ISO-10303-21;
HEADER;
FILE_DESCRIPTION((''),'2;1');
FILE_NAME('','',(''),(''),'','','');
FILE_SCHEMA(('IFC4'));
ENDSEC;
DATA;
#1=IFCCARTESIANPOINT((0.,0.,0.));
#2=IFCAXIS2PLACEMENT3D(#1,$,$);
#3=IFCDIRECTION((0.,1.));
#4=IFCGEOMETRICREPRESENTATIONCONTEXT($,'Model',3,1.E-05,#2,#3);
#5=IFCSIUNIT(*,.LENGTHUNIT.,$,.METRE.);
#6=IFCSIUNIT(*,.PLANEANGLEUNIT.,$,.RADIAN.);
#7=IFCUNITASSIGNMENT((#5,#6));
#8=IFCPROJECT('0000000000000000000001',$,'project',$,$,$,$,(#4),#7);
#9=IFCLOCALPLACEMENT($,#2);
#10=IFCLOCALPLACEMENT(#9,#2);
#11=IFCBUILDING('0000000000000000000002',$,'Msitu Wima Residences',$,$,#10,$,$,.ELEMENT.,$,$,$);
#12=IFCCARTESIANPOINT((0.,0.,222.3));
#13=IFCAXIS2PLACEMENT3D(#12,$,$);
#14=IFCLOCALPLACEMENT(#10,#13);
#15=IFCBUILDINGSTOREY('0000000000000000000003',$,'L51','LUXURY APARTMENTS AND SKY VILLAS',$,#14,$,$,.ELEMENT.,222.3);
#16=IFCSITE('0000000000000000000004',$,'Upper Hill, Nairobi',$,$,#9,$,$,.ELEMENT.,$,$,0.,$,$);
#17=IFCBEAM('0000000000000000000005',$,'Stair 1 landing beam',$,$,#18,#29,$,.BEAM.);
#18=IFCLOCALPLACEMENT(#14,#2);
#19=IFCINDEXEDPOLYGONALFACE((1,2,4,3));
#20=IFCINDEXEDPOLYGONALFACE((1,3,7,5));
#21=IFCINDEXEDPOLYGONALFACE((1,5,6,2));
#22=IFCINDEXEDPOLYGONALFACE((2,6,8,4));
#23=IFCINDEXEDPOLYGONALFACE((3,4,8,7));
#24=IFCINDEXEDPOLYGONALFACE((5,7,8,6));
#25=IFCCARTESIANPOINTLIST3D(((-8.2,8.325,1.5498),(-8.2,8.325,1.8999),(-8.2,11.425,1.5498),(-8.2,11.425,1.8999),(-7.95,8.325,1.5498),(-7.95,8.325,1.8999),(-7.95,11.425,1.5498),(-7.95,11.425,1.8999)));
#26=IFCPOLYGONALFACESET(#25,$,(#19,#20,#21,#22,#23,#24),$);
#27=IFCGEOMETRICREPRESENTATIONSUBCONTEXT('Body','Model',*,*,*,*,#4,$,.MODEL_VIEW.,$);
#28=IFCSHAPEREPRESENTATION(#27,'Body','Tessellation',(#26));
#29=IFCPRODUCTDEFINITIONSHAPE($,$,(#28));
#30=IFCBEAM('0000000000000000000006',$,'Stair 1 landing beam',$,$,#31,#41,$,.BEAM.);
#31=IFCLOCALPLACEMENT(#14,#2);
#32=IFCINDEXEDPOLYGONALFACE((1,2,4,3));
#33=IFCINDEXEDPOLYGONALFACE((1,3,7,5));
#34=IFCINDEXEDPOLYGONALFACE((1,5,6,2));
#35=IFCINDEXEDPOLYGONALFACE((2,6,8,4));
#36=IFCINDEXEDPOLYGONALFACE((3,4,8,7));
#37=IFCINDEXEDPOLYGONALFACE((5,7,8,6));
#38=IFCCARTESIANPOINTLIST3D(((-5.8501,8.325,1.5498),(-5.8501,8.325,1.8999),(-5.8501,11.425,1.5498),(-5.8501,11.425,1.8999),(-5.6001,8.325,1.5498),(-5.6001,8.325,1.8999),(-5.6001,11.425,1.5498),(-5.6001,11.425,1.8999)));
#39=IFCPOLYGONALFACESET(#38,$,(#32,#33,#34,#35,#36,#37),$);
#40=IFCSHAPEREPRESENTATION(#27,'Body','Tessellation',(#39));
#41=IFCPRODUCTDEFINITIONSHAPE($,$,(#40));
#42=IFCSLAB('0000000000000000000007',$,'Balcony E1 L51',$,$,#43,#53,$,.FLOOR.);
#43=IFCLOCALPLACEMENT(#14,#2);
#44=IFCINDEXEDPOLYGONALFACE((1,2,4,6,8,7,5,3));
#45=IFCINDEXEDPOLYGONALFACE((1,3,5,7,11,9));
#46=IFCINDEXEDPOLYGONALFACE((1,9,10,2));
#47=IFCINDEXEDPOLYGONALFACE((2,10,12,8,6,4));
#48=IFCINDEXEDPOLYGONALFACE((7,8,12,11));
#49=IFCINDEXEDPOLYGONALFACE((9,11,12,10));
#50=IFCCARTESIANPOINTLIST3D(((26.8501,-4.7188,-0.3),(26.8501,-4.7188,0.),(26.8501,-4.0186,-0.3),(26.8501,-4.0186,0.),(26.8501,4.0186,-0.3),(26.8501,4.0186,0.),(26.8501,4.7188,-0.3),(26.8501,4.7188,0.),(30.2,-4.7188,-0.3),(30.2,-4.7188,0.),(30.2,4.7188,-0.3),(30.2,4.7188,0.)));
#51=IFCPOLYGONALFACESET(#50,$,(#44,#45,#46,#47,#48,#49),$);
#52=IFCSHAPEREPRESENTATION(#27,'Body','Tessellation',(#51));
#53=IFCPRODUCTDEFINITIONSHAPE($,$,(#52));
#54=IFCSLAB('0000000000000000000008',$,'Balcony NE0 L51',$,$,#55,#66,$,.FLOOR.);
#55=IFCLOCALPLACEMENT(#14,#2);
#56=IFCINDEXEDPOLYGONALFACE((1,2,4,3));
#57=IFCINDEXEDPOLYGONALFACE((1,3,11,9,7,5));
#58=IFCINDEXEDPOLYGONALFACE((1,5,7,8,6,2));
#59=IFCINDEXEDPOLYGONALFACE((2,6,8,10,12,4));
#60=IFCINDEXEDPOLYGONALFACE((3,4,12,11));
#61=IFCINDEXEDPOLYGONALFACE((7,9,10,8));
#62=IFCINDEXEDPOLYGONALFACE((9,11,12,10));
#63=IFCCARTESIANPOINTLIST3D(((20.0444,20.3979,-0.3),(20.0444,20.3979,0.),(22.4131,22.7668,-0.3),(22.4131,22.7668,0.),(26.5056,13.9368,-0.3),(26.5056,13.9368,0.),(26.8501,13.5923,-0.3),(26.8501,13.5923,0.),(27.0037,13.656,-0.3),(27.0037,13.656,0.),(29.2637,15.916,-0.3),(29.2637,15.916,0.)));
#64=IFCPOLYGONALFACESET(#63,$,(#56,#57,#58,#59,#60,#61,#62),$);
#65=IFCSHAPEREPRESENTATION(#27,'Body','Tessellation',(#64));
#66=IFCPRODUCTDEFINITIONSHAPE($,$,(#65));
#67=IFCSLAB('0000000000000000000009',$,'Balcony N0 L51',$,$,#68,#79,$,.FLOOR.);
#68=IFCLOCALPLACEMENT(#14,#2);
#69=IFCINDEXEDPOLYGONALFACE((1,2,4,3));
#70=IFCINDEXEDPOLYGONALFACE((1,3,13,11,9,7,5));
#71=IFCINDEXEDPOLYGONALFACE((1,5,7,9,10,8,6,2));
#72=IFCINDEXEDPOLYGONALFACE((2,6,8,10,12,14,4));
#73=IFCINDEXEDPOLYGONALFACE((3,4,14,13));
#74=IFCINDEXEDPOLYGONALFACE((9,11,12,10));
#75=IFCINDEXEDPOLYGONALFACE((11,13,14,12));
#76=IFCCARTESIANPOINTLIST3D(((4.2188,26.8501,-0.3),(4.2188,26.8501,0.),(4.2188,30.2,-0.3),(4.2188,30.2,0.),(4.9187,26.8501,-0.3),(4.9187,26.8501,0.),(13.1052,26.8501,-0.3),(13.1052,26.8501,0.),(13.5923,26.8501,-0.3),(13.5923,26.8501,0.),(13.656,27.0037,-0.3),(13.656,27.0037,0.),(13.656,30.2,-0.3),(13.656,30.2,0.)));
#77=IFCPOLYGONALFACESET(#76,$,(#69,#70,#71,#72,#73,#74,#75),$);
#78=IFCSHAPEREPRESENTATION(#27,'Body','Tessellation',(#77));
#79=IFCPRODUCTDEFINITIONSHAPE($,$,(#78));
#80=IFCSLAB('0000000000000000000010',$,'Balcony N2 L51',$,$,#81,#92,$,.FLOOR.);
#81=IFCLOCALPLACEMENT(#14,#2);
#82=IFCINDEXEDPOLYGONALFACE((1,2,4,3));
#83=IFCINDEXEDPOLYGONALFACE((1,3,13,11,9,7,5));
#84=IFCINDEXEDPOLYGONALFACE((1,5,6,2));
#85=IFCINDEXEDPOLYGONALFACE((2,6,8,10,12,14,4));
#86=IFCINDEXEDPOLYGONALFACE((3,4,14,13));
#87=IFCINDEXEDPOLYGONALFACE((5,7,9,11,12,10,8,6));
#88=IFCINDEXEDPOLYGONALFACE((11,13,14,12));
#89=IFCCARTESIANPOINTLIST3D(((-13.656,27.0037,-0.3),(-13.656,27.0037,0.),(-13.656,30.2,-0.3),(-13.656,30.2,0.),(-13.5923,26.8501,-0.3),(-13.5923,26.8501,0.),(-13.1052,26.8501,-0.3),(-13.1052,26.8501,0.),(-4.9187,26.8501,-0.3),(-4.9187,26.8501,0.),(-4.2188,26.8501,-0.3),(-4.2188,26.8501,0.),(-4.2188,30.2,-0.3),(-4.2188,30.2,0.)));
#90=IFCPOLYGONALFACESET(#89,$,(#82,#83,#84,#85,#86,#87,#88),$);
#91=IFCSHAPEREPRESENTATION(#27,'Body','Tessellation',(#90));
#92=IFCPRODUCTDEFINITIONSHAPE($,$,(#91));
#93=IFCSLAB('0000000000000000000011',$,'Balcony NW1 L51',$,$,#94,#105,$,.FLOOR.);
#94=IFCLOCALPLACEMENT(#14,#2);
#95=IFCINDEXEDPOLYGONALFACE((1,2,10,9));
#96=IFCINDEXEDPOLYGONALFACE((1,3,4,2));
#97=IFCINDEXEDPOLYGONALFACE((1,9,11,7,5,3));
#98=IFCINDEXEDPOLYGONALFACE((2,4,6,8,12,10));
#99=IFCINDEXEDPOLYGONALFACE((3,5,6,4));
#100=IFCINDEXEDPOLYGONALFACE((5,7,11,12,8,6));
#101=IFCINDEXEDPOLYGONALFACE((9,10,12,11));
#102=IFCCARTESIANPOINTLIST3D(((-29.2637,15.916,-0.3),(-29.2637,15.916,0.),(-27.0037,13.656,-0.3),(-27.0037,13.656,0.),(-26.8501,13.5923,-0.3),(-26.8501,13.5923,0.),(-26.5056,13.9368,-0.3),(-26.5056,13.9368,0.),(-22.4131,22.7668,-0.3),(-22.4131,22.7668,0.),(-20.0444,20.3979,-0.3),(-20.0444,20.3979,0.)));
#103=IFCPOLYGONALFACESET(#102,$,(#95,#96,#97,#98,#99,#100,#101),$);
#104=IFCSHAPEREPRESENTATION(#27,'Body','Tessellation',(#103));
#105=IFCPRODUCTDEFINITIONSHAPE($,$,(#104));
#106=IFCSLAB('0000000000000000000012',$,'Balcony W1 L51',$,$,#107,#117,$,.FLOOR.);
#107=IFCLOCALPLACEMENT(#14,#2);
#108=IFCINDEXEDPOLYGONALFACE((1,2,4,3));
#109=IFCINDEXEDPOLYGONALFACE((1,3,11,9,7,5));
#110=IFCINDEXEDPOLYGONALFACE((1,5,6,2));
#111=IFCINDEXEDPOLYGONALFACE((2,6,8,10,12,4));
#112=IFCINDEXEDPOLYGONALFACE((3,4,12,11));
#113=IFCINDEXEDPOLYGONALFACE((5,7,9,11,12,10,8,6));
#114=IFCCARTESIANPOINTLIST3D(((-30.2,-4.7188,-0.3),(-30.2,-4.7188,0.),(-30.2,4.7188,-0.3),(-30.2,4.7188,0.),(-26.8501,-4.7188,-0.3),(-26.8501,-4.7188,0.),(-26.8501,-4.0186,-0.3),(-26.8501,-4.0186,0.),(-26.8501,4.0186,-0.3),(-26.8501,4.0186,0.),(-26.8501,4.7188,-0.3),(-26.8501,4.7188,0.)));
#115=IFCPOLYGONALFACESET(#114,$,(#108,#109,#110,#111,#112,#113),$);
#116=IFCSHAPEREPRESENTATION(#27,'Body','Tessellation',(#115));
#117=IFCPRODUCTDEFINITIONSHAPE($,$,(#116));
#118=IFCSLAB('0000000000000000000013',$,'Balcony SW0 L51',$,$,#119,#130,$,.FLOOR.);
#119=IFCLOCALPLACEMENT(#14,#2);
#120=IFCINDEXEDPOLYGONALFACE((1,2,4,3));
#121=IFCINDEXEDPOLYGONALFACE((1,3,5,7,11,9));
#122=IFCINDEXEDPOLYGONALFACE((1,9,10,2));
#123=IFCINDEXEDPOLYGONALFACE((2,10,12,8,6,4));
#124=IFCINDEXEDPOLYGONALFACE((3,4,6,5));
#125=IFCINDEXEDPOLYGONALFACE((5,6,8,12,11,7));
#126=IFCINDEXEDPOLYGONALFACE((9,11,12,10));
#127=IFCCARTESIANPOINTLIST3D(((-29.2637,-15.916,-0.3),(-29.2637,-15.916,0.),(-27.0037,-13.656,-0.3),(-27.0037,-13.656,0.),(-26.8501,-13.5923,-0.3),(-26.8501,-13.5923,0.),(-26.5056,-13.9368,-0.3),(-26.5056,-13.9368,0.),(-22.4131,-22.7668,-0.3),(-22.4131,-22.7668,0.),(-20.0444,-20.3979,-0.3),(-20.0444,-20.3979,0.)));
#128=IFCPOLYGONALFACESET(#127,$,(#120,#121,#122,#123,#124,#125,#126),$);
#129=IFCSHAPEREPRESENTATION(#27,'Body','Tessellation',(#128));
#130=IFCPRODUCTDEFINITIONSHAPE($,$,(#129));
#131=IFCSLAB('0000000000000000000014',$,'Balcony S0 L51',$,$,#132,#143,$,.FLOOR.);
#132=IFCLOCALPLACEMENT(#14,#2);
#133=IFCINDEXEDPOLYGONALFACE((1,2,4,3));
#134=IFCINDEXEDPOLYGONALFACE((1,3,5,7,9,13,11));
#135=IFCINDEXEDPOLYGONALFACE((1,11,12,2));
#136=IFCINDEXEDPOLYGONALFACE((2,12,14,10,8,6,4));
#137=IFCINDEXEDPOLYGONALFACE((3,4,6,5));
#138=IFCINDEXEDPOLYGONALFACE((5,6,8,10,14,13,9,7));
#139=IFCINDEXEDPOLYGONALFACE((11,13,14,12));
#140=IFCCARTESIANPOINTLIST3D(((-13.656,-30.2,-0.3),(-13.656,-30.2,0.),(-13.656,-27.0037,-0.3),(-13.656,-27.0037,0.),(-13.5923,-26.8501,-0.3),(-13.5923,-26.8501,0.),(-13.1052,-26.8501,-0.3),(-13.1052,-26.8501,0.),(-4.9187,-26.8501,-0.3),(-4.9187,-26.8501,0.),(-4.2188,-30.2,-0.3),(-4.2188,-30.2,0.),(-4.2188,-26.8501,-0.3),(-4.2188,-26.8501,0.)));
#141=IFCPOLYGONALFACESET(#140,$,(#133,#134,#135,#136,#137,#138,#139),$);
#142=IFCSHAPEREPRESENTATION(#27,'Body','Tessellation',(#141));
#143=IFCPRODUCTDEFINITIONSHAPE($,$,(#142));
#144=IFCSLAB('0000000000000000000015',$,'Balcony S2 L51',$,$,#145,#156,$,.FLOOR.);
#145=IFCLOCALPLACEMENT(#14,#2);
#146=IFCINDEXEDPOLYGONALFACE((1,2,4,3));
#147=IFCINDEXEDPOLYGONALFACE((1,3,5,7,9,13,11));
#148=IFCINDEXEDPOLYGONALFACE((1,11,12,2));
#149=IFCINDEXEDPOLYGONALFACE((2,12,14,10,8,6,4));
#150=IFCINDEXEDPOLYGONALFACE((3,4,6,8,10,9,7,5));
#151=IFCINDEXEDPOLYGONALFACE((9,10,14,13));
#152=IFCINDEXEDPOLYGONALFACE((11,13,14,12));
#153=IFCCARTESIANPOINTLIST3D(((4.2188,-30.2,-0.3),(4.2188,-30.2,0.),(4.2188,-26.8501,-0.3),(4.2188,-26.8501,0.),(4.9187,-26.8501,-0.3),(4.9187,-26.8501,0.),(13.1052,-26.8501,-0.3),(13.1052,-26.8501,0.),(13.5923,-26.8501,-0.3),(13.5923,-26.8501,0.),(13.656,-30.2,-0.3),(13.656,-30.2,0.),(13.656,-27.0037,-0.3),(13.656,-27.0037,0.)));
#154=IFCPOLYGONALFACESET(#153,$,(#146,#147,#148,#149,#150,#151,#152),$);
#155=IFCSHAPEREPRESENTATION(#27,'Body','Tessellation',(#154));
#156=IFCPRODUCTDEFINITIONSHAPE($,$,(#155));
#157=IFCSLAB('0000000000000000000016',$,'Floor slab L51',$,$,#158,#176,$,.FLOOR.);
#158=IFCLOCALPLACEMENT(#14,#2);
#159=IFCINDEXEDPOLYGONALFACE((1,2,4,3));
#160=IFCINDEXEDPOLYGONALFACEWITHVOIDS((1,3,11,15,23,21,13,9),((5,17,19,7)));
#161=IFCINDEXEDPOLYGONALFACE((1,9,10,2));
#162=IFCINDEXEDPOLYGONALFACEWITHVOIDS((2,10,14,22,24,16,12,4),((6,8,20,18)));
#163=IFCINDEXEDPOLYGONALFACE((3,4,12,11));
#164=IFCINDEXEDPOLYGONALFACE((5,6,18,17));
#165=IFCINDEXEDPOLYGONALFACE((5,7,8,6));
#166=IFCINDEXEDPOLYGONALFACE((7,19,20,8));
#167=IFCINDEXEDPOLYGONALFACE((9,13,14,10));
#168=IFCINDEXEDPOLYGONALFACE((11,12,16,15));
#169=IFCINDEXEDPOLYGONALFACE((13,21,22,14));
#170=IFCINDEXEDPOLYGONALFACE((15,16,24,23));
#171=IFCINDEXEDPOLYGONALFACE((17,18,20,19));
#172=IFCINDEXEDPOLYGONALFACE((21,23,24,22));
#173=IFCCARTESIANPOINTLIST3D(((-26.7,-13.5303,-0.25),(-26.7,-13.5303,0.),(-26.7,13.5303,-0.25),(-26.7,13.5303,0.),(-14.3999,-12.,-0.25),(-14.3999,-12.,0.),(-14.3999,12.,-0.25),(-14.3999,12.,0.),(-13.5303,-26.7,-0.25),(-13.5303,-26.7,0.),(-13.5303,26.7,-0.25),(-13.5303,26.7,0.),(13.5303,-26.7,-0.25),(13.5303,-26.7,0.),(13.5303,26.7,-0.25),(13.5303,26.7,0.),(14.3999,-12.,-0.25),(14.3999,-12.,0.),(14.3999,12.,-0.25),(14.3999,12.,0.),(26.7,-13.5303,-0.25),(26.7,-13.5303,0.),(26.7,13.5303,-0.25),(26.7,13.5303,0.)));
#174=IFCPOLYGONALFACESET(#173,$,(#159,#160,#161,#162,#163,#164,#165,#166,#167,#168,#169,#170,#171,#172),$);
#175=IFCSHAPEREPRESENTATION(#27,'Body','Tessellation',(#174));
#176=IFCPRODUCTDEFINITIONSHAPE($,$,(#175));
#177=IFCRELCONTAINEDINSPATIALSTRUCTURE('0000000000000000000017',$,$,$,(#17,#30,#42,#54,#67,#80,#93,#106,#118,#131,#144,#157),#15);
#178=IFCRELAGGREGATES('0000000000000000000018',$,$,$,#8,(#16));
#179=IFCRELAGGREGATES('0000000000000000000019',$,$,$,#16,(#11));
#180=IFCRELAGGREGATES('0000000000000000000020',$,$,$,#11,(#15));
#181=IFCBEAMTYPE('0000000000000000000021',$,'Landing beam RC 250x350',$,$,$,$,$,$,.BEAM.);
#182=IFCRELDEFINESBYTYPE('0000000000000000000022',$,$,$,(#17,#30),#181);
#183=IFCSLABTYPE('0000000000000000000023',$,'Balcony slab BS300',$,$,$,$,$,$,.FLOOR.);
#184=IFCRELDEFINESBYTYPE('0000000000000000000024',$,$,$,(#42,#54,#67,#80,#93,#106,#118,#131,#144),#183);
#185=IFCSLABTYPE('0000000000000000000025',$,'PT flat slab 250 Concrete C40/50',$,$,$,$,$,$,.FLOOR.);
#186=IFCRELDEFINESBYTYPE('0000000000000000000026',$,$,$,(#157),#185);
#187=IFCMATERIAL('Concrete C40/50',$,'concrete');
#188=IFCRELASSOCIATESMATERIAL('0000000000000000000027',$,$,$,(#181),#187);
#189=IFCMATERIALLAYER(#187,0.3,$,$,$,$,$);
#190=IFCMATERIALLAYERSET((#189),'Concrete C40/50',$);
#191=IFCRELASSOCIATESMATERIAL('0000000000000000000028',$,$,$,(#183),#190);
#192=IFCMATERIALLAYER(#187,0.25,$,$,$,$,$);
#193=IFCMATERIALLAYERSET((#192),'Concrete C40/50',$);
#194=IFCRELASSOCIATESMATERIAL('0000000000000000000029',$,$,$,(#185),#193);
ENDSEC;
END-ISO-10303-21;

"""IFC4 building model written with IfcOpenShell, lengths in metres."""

from ifc_helpers import new_model, si_unit, direction, frame, origin, origin_2d, place, context, subcontext, project, spatial, polyline, rectangle, outline, extrude, material, layer, layer_set, material_profile, profile_set, type_object, element, save


model = new_model("IFC4")

# Units and contexts
model_context = context("Model", 3, precision=1e-05, world=origin(), true_north=direction((0.0, 1.0)))
body_context = subcontext(model_context, "Body", "Model", "MODEL_VIEW")
ifc_project = project(units=[si_unit("LENGTHUNIT", "METRE"), si_unit("PLANEANGLEUNIT", "RADIAN")], contexts=[model_context])

# Site, building, storey
site_placement = place(None, origin())
site = spatial("IfcSite", under=ifc_project, at=site_placement, Name="Upper Hill, Nairobi", CompositionType="ELEMENT", RefElevation=0.0)
building_placement = place(site_placement, origin())
building = spatial("IfcBuilding", under=site, at=building_placement, Name="Msitu Wima Residences", CompositionType="ELEMENT")
storey_placement = place(building_placement, frame((0.0, 0.0, 222.3)))
storey = spatial("IfcBuildingStorey", under=building, at=storey_placement, Name="L51", Description="LUXURY APARTMENTS AND SKY VILLAS", CompositionType="ELEMENT", Elevation=222.3)

# Beams
ifc_material_1 = material(Name="Concrete C40/50", Category="concrete")
ifc_material_profile = material_profile(ifc_material_1, rectangle(XDim=0.25, YDim=0.3501, at=origin_2d()), Name="RC 250x350")
ifc_profile_set = profile_set([ifc_material_profile], Name="Concrete C40/50")
beam_type = type_object("IfcBeamType", Name="Landing beam RC 250x350", PredefinedType="BEAM", material=ifc_profile_set)
for number, where, z_axis, x_axis, name in (
    (1, (-8.075, 8.325, 1.7249), (0.0, 1.0, 0.0), (-1.0, 0.0, 0.0), "Stair 1 landing beam"),
    (2, (-5.7251, 8.325, 1.7249), (0.0, 1.0, 0.0), (-1.0, 0.0, 0.0), "Stair 1 landing beam"),
):
    element("IfcBeam", number, at=place(storey_placement, frame(where, z_axis=z_axis, x_axis=x_axis)), inside=storey, type_object=beam_type, Name=name, PredefinedType="BEAM", context=body_context, shape_type="SweptSolid", body=[
        extrude(rectangle(XDim=0.25, YDim=0.3501, at=origin_2d()), origin(), (0.0, 0.0, 1.0), 3.1001),
    ])

# Slabs
ifc_layer_1 = layer(ifc_material_1, 0.3)
ifc_layer_set_1 = layer_set([ifc_layer_1], Name="Concrete C40/50")
slab_type_1 = type_object("IfcSlabType", Name="Balcony slab BS300", PredefinedType="FLOOR", material=ifc_layer_set_1)
slab_1_placement = place(storey_placement, frame((0.0, 0.0, -0.3)))
element("IfcSlab", 3, at=slab_1_placement, inside=storey, type_object=slab_type_1, Name="Balcony E1 L51", PredefinedType="FLOOR", context=body_context, shape_type="SweptSolid", body=[
    extrude(outline(polyline([(26.8501, -4.0186), (26.8501, 4.0186), (26.8501, 4.7188), (30.2, 4.7188), (30.2, -4.7188), (26.8501, -4.7188), (26.8501, -4.0186)])), origin(), (0.0, 0.0, 1.0), 0.3),
])
slab_2_placement = place(storey_placement, frame((0.0, 0.0, -0.3)))
element("IfcSlab", 4, at=slab_2_placement, inside=storey, type_object=slab_type_1, Name="Balcony NE0 L51", PredefinedType="FLOOR", context=body_context, shape_type="SweptSolid", body=[
    extrude(outline(polyline([(26.5056, 13.9368), (26.5056, 13.9368), (20.0444, 20.3979), (22.4131, 22.7668), (29.2637, 15.916), (27.0037, 13.656), (26.8501, 13.5923), (26.5056, 13.9368), (26.5056, 13.9368)])), origin(), (0.0, 0.0, 1.0), 0.3),
])
slab_3_placement = place(storey_placement, frame((0.0, 0.0, -0.3)))
element("IfcSlab", 5, at=slab_3_placement, inside=storey, type_object=slab_type_1, Name="Balcony N0 L51", PredefinedType="FLOOR", context=body_context, shape_type="SweptSolid", body=[
    extrude(outline(polyline([(13.1052, 26.8501), (13.1052, 26.8501), (4.9187, 26.8501), (4.2188, 26.8501), (4.2188, 30.2), (13.656, 30.2), (13.656, 27.0037), (13.5923, 26.8501), (13.1052, 26.8501), (13.1052, 26.8501)])), origin(), (0.0, 0.0, 1.0), 0.3),
])
slab_4_placement = place(storey_placement, frame((0.0, 0.0, -0.3)))
element("IfcSlab", 6, at=slab_4_placement, inside=storey, type_object=slab_type_1, Name="Balcony N2 L51", PredefinedType="FLOOR", context=body_context, shape_type="SweptSolid", body=[
    extrude(outline(polyline([(-13.1052, 26.8501), (-13.1052, 26.8501), (-13.1052, 26.8501), (-13.5923, 26.8501), (-13.656, 27.0037), (-13.656, 30.2), (-4.2188, 30.2), (-4.2188, 26.8501), (-4.9187, 26.8501), (-13.1052, 26.8501)])), origin(), (0.0, 0.0, 1.0), 0.3),
])
slab_5_placement = place(storey_placement, frame((0.0, 0.0, -0.3)))
element("IfcSlab", 7, at=slab_5_placement, inside=storey, type_object=slab_type_1, Name="Balcony NW1 L51", PredefinedType="FLOOR", context=body_context, shape_type="SweptSolid", body=[
    extrude(outline(polyline([(-26.5056, 13.9368), (-26.5056, 13.9368), (-26.8501, 13.5923), (-27.0037, 13.656), (-29.2637, 15.916), (-22.4131, 22.7668), (-20.0444, 20.3979), (-26.5056, 13.9368), (-26.5056, 13.9368)])), origin(), (0.0, 0.0, 1.0), 0.3),
])
slab_6_placement = place(storey_placement, frame((0.0, 0.0, -0.3)))
element("IfcSlab", 8, at=slab_6_placement, inside=storey, type_object=slab_type_1, Name="Balcony W1 L51", PredefinedType="FLOOR", context=body_context, shape_type="SweptSolid", body=[
    extrude(outline(polyline([(-26.8501, 4.0186), (-26.8501, -4.0186), (-26.8501, -4.7188), (-30.2, -4.7188), (-30.2, 4.7188), (-26.8501, 4.7188), (-26.8501, 4.0186)])), origin(), (0.0, 0.0, 1.0), 0.3),
])
slab_7_placement = place(storey_placement, frame((0.0, 0.0, -0.3)))
element("IfcSlab", 9, at=slab_7_placement, inside=storey, type_object=slab_type_1, Name="Balcony SW0 L51", PredefinedType="FLOOR", context=body_context, shape_type="SweptSolid", body=[
    extrude(outline(polyline([(-26.5056, -13.9368), (-26.5056, -13.9368), (-20.0444, -20.3979), (-22.4131, -22.7668), (-29.2637, -15.916), (-27.0037, -13.656), (-26.8501, -13.5923), (-26.5056, -13.9368), (-26.5056, -13.9368)])), origin(), (0.0, 0.0, 1.0), 0.3),
])
slab_8_placement = place(storey_placement, frame((0.0, 0.0, -0.3)))
element("IfcSlab", 10, at=slab_8_placement, inside=storey, type_object=slab_type_1, Name="Balcony S0 L51", PredefinedType="FLOOR", context=body_context, shape_type="SweptSolid", body=[
    extrude(outline(polyline([(-13.1052, -26.8501), (-13.1052, -26.8501), (-4.9187, -26.8501), (-4.2188, -26.8501), (-4.2188, -30.2), (-13.656, -30.2), (-13.656, -27.0037), (-13.5923, -26.8501), (-13.1052, -26.8501), (-13.1052, -26.8501)])), origin(), (0.0, 0.0, 1.0), 0.3),
])
slab_9_placement = place(storey_placement, frame((0.0, 0.0, -0.3)))
element("IfcSlab", 11, at=slab_9_placement, inside=storey, type_object=slab_type_1, Name="Balcony S2 L51", PredefinedType="FLOOR", context=body_context, shape_type="SweptSolid", body=[
    extrude(outline(polyline([(13.1052, -26.8501), (13.1052, -26.8501), (13.1052, -26.8501), (13.5923, -26.8501), (13.656, -27.0037), (13.656, -30.2), (4.2188, -30.2), (4.2188, -26.8501), (4.9187, -26.8501), (13.1052, -26.8501)])), origin(), (0.0, 0.0, 1.0), 0.3),
])
ifc_layer_2 = layer(ifc_material_1, 0.25)
ifc_layer_set_2 = layer_set([ifc_layer_2], Name="Concrete C40/50")
slab_type_2 = type_object("IfcSlabType", Name="PT flat slab 250 Concrete C40/50", PredefinedType="FLOOR", material=ifc_layer_set_2)
slab_10_placement = place(storey_placement, frame((0.0, 0.0, -0.25)))
element("IfcSlab", 12, at=slab_10_placement, inside=storey, type_object=slab_type_2, Name="Floor slab L51", PredefinedType="FLOOR", context=body_context, shape_type="SweptSolid", body=[
    extrude(outline(polyline([(26.7, -13.5303), (13.5303, -26.7), (-13.5303, -26.7), (-26.7, -13.5303), (-26.7, 13.5303), (-13.5303, 26.7), (13.5303, 26.7), (26.7, 13.5303), (26.7, -13.5303)]), holes=[polyline([(-14.3999, -12.0), (14.3999, -12.0), (14.3999, 12.0), (-14.3999, 12.0), (-14.3999, -12.0)])]), origin(), (0.0, 0.0, 1.0), 0.25),
])

save(model, "model.ifc")
